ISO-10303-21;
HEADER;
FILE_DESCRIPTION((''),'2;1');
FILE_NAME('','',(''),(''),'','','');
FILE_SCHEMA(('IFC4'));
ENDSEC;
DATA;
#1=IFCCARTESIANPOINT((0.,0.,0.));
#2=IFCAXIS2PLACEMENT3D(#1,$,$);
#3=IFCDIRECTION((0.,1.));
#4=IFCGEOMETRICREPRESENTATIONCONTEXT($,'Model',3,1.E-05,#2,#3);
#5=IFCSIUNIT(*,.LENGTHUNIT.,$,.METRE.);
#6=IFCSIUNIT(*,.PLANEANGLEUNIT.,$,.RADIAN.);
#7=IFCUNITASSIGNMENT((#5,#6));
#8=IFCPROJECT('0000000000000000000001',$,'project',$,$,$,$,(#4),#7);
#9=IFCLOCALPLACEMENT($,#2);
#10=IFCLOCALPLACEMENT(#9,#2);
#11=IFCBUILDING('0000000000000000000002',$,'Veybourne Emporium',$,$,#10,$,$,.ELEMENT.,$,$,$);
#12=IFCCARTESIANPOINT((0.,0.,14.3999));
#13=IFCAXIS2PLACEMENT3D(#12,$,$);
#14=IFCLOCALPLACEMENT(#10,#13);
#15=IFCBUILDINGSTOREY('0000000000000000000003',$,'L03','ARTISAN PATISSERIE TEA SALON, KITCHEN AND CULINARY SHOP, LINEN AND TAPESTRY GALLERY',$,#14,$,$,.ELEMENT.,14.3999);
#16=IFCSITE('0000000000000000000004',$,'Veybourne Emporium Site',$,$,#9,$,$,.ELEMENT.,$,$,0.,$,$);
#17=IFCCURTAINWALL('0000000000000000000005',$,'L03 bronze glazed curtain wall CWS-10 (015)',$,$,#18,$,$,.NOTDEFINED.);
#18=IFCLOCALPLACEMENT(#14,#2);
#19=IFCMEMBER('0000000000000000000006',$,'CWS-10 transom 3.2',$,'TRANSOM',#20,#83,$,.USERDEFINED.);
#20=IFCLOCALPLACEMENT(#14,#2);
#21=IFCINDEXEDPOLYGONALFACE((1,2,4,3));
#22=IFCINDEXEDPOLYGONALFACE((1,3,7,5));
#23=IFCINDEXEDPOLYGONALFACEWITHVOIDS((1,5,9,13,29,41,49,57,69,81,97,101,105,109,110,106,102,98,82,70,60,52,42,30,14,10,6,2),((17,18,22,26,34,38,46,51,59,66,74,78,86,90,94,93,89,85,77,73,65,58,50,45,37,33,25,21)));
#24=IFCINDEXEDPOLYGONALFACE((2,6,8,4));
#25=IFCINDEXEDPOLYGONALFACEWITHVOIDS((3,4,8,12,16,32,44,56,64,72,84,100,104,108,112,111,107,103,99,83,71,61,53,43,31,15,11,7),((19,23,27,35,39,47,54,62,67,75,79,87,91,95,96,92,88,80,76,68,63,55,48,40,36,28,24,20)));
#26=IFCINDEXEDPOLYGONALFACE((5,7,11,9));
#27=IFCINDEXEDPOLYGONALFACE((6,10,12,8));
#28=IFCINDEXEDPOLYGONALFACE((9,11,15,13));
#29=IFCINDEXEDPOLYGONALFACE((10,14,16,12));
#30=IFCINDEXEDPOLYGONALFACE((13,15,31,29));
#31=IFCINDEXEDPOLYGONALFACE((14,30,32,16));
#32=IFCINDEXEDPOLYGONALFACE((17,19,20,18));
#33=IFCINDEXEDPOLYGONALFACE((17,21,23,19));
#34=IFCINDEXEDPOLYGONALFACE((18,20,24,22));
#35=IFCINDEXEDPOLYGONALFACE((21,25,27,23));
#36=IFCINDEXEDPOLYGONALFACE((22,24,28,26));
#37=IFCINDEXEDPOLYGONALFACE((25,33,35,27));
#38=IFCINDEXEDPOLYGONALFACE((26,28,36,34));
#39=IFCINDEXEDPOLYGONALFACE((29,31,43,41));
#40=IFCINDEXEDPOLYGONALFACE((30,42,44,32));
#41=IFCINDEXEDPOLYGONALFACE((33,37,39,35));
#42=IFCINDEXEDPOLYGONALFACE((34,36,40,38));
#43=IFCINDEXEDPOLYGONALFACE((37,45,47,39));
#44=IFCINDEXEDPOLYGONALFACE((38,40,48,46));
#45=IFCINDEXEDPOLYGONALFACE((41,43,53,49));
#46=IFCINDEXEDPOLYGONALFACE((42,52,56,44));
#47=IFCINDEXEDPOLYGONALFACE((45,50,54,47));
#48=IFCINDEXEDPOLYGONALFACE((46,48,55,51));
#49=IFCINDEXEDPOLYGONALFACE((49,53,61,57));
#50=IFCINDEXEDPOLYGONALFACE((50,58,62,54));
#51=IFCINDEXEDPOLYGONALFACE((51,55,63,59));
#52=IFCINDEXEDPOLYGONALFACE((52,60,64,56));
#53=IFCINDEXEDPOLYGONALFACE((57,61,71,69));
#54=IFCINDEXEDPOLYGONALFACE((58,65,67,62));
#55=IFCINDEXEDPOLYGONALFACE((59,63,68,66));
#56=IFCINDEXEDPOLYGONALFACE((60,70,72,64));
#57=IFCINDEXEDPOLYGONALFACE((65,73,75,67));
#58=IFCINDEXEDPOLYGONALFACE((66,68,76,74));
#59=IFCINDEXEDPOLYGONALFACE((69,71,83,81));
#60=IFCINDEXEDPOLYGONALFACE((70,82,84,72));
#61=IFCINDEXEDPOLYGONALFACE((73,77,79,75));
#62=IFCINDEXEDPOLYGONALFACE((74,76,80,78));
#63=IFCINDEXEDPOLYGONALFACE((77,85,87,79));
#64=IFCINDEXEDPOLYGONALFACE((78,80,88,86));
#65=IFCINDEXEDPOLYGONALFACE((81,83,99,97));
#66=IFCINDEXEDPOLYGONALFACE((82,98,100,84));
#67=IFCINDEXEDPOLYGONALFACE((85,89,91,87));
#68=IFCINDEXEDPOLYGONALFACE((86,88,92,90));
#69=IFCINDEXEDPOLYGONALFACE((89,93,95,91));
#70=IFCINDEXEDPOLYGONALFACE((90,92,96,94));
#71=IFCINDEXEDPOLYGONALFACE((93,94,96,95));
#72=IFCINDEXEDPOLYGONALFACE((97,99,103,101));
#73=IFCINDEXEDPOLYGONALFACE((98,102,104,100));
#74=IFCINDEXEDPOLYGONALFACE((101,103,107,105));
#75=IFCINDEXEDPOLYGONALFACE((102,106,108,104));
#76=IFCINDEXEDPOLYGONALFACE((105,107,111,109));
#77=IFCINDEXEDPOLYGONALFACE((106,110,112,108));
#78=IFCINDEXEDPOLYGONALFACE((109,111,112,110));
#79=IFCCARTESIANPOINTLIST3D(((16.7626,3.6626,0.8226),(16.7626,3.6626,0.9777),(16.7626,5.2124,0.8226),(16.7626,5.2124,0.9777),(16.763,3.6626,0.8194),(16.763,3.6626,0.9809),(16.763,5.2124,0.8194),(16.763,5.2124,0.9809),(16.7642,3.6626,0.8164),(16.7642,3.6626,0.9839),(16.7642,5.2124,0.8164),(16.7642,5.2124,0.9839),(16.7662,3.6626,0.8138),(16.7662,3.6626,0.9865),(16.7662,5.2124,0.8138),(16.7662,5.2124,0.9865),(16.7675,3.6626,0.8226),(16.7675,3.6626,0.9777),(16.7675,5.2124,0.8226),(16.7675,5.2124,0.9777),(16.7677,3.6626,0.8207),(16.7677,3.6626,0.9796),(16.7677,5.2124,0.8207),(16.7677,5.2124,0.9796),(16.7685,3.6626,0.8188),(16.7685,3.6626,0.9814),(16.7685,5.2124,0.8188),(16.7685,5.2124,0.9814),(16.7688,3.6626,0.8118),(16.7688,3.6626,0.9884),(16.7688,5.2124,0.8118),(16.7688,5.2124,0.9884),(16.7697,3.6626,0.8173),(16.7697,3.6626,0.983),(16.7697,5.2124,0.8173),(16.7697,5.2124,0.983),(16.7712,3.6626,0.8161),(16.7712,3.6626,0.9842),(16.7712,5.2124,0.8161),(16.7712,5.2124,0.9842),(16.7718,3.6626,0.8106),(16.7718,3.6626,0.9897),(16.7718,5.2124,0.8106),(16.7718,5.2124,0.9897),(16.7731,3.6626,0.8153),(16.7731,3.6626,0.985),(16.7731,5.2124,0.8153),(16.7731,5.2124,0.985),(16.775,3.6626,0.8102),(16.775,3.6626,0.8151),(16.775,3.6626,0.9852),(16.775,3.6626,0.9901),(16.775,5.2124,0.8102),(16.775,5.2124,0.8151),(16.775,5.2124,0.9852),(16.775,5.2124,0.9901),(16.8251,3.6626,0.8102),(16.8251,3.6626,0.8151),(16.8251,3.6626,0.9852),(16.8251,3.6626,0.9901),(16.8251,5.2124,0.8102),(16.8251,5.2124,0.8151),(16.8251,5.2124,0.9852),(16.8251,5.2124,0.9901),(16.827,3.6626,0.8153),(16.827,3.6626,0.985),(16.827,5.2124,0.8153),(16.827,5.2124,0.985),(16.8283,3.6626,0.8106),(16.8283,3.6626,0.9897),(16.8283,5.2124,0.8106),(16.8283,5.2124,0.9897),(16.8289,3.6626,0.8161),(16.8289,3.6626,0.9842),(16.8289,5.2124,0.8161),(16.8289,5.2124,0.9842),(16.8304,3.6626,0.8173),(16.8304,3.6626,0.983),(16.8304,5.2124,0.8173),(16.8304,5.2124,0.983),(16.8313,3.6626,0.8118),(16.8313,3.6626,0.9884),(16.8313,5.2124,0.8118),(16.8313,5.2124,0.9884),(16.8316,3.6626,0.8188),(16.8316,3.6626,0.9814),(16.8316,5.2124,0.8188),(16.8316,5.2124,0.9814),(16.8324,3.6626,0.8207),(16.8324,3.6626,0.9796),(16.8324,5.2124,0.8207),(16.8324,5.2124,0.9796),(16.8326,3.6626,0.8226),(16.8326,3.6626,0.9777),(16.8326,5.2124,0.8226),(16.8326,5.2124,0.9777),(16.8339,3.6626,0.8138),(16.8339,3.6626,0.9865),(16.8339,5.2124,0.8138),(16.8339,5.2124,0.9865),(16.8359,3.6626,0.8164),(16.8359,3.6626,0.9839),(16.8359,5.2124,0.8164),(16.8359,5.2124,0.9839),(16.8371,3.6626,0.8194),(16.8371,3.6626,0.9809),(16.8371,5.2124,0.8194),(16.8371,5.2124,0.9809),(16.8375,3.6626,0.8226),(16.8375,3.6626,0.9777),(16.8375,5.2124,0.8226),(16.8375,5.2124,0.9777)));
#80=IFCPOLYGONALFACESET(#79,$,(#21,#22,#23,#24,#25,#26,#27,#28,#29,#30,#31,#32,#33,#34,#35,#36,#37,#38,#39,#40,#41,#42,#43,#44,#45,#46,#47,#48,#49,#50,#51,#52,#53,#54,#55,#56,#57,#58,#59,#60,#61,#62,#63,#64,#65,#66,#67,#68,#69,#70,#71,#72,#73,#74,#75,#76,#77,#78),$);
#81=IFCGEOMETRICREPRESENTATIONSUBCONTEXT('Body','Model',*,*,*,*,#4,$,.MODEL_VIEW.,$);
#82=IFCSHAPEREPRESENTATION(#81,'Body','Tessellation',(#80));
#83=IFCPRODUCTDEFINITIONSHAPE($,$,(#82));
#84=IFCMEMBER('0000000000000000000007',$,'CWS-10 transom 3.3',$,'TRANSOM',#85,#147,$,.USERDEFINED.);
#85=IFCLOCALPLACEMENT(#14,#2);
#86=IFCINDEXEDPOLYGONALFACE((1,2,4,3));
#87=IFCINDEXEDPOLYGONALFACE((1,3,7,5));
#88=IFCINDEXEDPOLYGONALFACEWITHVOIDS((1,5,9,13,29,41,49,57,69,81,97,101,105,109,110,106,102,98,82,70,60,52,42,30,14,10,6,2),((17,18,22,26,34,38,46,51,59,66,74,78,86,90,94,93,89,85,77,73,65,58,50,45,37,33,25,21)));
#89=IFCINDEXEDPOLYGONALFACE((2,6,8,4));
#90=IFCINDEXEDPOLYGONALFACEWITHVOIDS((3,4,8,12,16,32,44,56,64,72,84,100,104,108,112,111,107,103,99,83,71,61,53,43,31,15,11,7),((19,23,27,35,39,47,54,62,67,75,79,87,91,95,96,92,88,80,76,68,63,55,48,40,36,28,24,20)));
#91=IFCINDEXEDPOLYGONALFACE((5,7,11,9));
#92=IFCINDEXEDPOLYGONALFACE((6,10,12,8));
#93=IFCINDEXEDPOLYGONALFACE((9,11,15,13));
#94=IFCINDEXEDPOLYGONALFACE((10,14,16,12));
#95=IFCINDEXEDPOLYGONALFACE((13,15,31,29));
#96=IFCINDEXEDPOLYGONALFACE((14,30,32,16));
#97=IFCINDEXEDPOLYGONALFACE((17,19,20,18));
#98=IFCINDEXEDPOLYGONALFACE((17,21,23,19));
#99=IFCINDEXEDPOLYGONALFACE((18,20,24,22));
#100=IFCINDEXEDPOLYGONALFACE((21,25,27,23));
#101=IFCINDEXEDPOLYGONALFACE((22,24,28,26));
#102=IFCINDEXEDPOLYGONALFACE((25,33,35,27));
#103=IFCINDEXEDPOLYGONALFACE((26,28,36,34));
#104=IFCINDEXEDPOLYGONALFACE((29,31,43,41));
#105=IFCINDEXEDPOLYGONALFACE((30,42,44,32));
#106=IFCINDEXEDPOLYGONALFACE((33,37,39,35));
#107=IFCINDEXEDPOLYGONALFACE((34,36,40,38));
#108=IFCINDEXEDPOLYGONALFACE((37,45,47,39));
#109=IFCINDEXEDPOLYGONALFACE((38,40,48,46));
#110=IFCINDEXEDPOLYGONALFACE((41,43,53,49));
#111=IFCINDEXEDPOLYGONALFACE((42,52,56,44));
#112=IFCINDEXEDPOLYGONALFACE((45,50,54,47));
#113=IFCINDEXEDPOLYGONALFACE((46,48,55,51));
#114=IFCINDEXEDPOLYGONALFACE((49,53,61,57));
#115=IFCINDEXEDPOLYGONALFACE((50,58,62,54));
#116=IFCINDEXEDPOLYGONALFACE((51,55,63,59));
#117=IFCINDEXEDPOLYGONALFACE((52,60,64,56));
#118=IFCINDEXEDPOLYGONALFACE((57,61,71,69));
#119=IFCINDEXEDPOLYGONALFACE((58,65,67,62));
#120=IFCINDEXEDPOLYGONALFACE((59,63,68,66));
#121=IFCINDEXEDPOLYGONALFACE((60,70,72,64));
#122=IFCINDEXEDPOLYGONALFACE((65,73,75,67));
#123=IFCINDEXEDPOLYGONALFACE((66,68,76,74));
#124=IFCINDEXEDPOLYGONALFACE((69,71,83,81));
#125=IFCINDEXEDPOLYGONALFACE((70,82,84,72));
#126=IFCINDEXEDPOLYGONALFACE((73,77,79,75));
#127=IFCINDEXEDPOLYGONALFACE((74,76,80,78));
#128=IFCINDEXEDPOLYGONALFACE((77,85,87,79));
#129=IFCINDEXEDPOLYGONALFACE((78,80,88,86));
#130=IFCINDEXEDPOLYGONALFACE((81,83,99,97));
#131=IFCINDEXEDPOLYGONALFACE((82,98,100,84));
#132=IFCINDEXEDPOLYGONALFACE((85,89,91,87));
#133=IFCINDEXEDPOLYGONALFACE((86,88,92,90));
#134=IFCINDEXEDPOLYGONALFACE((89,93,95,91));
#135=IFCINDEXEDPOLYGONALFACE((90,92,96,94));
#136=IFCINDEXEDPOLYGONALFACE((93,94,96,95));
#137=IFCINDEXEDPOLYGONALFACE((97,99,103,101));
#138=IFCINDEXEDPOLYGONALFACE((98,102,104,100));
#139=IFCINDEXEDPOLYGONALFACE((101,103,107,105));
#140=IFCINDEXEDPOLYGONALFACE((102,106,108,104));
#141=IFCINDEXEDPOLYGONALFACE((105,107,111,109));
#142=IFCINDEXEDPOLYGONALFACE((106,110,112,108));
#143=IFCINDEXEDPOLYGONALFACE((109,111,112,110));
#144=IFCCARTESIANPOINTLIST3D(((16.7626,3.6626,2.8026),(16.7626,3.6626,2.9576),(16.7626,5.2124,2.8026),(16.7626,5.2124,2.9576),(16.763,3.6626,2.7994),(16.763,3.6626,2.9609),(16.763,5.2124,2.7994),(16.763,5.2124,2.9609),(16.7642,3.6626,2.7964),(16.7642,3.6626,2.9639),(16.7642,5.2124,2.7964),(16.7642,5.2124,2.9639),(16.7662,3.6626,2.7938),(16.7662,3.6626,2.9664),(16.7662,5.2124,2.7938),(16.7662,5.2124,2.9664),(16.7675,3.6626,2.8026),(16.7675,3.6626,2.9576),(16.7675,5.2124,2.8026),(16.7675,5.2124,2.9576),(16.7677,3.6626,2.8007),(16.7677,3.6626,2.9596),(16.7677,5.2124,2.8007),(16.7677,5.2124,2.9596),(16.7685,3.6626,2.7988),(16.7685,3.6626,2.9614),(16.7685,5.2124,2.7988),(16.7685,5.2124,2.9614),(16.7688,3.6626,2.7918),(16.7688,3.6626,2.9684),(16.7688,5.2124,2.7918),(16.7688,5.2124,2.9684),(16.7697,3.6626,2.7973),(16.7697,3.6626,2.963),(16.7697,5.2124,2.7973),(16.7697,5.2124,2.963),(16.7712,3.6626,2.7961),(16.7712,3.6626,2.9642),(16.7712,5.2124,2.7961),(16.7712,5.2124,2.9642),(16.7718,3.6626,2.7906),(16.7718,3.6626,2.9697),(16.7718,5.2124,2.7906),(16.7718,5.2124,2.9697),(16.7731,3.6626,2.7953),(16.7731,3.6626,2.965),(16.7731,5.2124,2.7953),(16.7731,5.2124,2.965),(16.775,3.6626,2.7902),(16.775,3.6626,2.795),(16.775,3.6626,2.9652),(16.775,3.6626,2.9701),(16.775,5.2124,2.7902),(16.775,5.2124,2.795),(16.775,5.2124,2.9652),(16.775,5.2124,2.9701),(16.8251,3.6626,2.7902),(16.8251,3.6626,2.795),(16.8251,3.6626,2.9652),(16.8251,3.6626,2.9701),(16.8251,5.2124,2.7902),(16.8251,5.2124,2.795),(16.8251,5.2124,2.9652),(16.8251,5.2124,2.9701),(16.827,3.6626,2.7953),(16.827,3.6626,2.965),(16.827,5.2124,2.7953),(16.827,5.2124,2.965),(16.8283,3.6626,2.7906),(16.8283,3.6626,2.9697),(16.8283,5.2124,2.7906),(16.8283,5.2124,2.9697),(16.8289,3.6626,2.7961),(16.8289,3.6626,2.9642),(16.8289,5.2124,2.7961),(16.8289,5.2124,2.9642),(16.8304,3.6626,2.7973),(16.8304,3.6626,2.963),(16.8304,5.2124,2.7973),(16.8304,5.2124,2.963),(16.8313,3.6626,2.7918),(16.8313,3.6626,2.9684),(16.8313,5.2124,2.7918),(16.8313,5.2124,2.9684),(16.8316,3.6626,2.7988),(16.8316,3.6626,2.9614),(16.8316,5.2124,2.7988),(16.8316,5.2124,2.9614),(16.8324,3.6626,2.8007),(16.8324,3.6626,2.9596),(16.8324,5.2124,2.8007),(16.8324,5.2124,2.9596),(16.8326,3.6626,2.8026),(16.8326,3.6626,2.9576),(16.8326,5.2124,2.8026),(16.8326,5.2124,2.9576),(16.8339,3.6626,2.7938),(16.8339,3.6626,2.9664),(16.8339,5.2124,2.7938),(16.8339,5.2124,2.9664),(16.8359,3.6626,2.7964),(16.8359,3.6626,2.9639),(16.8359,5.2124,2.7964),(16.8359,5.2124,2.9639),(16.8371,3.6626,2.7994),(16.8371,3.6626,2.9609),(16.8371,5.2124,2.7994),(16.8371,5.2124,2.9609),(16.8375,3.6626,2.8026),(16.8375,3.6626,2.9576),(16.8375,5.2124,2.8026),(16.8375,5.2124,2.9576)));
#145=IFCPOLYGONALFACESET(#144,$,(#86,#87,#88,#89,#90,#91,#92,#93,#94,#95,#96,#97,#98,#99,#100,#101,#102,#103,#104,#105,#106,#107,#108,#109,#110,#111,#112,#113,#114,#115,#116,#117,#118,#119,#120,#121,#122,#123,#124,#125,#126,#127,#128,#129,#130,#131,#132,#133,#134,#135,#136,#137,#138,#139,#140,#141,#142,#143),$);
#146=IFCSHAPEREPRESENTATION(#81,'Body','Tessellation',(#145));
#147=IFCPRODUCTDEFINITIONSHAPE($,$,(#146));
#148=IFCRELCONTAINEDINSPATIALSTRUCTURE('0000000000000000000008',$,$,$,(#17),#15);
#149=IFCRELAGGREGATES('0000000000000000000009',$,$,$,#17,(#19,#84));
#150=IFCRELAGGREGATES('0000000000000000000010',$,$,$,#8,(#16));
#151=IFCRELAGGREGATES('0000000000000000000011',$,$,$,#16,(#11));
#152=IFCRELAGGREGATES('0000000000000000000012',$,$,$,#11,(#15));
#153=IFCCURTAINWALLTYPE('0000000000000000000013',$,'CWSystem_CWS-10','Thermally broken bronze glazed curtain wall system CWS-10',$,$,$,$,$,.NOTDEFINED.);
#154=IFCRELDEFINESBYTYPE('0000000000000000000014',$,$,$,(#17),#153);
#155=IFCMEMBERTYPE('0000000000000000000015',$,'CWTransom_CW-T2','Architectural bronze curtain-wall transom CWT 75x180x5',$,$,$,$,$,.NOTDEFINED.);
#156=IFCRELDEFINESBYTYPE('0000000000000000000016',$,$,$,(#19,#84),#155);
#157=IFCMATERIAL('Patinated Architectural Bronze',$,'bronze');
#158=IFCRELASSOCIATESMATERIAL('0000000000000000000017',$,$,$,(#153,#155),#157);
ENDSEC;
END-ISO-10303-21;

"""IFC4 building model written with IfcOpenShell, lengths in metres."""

from ifc_helpers import new_model, si_unit, direction, frame, origin, origin_2d, place, context, subcontext, project, spatial, hollow_rectangle, extrude, material, material_profile, profile_set, type_object, element, aggregate, save


model = new_model("IFC4")

# Units and contexts
model_context = context("Model", 3, precision=1e-05, world=origin(), true_north=direction((0.0, 1.0)))
body_context = subcontext(model_context, "Body", "Model", "MODEL_VIEW")
ifc_project = project(units=[si_unit("LENGTHUNIT", "METRE"), si_unit("PLANEANGLEUNIT", "RADIAN")], contexts=[model_context])

# Site, building, storey
site_placement = place(None, origin())
site = spatial("IfcSite", under=ifc_project, at=site_placement, Name="Veybourne Emporium Site", CompositionType="ELEMENT", RefElevation=0.0)
building_placement = place(site_placement, origin())
building = spatial("IfcBuilding", under=site, at=building_placement, Name="Veybourne Emporium", CompositionType="ELEMENT")
storey_placement = place(building_placement, frame((0.0, 0.0, 14.3999)))
storey = spatial("IfcBuildingStorey", under=building, at=storey_placement, Name="L03", Description="ARTISAN PATISSERIE TEA SALON, KITCHEN AND CULINARY SHOP, LINEN AND TAPESTRY GALLERY", CompositionType="ELEMENT", Elevation=14.3999)

# Curtain wall
ifc_material_1 = material(Name="Patinated Architectural Bronze", Category="bronze")
curtain_wall_type_1 = type_object("IfcCurtainWallType", Name="CWSystem_CWS-10", Description="Thermally broken bronze glazed curtain wall system CWS-10", PredefinedType="NOTDEFINED", material=ifc_material_1)
curtain_wall_1_placement = place(storey_placement, origin())
curtain_wall_1 = element("IfcCurtainWall", 1, at=curtain_wall_1_placement, inside=storey, type_object=curtain_wall_type_1, Name="L03 bronze glazed curtain wall CWS-10 (015)", PredefinedType="NOTDEFINED")

# Members
ifc_material_profile_1 = material_profile(ifc_material_1, hollow_rectangle(XDim=0.075, YDim=0.1799, WallThickness=0.0049, InnerFilletRadius=0.0076, OuterFilletRadius=0.0125, at=origin_2d()), Name="CWT 75x180x5")
ifc_profile_set_1 = profile_set([ifc_material_profile_1], Name="Patinated Architectural Bronze")
member_type_1 = type_object("IfcMemberType", Name="CWTransom_CW-T2", Description="Architectural bronze curtain-wall transom CWT 75x180x5", PredefinedType="NOTDEFINED", material=ifc_profile_set_1)
member_1_placement = place(storey_placement, frame((16.8, 3.6626, 0.9001), z_axis=(0.0, 1.0, 0.0), x_axis=(-1.0, 0.0, 0.0)))
member_1 = element("IfcMember", 2, at=member_1_placement, type_object=member_type_1, Name="CWS-10 transom 3.2", ObjectType="TRANSOM", PredefinedType="USERDEFINED", context=body_context, shape_type="SweptSolid", body=[
    extrude(hollow_rectangle(XDim=0.075, YDim=0.1799, WallThickness=0.0049, InnerFilletRadius=0.0076, OuterFilletRadius=0.0125, at=origin_2d()), origin(), (0.0, 0.0, 1.0), 1.5498),
])
member_2_placement = place(storey_placement, frame((16.8, 3.6626, 2.8801), z_axis=(0.0, 1.0, 0.0), x_axis=(-1.0, 0.0, 0.0)))
member_2 = element("IfcMember", 3, at=member_2_placement, type_object=member_type_1, Name="CWS-10 transom 3.3", ObjectType="TRANSOM", PredefinedType="USERDEFINED", context=body_context, shape_type="SweptSolid", body=[
    extrude(hollow_rectangle(XDim=0.075, YDim=0.1799, WallThickness=0.0049, InnerFilletRadius=0.0076, OuterFilletRadius=0.0125, at=origin_2d()), origin(), (0.0, 0.0, 1.0), 1.5498),
])

aggregate(curtain_wall_1, [member_1, member_2])

save(model, "model.ifc")
